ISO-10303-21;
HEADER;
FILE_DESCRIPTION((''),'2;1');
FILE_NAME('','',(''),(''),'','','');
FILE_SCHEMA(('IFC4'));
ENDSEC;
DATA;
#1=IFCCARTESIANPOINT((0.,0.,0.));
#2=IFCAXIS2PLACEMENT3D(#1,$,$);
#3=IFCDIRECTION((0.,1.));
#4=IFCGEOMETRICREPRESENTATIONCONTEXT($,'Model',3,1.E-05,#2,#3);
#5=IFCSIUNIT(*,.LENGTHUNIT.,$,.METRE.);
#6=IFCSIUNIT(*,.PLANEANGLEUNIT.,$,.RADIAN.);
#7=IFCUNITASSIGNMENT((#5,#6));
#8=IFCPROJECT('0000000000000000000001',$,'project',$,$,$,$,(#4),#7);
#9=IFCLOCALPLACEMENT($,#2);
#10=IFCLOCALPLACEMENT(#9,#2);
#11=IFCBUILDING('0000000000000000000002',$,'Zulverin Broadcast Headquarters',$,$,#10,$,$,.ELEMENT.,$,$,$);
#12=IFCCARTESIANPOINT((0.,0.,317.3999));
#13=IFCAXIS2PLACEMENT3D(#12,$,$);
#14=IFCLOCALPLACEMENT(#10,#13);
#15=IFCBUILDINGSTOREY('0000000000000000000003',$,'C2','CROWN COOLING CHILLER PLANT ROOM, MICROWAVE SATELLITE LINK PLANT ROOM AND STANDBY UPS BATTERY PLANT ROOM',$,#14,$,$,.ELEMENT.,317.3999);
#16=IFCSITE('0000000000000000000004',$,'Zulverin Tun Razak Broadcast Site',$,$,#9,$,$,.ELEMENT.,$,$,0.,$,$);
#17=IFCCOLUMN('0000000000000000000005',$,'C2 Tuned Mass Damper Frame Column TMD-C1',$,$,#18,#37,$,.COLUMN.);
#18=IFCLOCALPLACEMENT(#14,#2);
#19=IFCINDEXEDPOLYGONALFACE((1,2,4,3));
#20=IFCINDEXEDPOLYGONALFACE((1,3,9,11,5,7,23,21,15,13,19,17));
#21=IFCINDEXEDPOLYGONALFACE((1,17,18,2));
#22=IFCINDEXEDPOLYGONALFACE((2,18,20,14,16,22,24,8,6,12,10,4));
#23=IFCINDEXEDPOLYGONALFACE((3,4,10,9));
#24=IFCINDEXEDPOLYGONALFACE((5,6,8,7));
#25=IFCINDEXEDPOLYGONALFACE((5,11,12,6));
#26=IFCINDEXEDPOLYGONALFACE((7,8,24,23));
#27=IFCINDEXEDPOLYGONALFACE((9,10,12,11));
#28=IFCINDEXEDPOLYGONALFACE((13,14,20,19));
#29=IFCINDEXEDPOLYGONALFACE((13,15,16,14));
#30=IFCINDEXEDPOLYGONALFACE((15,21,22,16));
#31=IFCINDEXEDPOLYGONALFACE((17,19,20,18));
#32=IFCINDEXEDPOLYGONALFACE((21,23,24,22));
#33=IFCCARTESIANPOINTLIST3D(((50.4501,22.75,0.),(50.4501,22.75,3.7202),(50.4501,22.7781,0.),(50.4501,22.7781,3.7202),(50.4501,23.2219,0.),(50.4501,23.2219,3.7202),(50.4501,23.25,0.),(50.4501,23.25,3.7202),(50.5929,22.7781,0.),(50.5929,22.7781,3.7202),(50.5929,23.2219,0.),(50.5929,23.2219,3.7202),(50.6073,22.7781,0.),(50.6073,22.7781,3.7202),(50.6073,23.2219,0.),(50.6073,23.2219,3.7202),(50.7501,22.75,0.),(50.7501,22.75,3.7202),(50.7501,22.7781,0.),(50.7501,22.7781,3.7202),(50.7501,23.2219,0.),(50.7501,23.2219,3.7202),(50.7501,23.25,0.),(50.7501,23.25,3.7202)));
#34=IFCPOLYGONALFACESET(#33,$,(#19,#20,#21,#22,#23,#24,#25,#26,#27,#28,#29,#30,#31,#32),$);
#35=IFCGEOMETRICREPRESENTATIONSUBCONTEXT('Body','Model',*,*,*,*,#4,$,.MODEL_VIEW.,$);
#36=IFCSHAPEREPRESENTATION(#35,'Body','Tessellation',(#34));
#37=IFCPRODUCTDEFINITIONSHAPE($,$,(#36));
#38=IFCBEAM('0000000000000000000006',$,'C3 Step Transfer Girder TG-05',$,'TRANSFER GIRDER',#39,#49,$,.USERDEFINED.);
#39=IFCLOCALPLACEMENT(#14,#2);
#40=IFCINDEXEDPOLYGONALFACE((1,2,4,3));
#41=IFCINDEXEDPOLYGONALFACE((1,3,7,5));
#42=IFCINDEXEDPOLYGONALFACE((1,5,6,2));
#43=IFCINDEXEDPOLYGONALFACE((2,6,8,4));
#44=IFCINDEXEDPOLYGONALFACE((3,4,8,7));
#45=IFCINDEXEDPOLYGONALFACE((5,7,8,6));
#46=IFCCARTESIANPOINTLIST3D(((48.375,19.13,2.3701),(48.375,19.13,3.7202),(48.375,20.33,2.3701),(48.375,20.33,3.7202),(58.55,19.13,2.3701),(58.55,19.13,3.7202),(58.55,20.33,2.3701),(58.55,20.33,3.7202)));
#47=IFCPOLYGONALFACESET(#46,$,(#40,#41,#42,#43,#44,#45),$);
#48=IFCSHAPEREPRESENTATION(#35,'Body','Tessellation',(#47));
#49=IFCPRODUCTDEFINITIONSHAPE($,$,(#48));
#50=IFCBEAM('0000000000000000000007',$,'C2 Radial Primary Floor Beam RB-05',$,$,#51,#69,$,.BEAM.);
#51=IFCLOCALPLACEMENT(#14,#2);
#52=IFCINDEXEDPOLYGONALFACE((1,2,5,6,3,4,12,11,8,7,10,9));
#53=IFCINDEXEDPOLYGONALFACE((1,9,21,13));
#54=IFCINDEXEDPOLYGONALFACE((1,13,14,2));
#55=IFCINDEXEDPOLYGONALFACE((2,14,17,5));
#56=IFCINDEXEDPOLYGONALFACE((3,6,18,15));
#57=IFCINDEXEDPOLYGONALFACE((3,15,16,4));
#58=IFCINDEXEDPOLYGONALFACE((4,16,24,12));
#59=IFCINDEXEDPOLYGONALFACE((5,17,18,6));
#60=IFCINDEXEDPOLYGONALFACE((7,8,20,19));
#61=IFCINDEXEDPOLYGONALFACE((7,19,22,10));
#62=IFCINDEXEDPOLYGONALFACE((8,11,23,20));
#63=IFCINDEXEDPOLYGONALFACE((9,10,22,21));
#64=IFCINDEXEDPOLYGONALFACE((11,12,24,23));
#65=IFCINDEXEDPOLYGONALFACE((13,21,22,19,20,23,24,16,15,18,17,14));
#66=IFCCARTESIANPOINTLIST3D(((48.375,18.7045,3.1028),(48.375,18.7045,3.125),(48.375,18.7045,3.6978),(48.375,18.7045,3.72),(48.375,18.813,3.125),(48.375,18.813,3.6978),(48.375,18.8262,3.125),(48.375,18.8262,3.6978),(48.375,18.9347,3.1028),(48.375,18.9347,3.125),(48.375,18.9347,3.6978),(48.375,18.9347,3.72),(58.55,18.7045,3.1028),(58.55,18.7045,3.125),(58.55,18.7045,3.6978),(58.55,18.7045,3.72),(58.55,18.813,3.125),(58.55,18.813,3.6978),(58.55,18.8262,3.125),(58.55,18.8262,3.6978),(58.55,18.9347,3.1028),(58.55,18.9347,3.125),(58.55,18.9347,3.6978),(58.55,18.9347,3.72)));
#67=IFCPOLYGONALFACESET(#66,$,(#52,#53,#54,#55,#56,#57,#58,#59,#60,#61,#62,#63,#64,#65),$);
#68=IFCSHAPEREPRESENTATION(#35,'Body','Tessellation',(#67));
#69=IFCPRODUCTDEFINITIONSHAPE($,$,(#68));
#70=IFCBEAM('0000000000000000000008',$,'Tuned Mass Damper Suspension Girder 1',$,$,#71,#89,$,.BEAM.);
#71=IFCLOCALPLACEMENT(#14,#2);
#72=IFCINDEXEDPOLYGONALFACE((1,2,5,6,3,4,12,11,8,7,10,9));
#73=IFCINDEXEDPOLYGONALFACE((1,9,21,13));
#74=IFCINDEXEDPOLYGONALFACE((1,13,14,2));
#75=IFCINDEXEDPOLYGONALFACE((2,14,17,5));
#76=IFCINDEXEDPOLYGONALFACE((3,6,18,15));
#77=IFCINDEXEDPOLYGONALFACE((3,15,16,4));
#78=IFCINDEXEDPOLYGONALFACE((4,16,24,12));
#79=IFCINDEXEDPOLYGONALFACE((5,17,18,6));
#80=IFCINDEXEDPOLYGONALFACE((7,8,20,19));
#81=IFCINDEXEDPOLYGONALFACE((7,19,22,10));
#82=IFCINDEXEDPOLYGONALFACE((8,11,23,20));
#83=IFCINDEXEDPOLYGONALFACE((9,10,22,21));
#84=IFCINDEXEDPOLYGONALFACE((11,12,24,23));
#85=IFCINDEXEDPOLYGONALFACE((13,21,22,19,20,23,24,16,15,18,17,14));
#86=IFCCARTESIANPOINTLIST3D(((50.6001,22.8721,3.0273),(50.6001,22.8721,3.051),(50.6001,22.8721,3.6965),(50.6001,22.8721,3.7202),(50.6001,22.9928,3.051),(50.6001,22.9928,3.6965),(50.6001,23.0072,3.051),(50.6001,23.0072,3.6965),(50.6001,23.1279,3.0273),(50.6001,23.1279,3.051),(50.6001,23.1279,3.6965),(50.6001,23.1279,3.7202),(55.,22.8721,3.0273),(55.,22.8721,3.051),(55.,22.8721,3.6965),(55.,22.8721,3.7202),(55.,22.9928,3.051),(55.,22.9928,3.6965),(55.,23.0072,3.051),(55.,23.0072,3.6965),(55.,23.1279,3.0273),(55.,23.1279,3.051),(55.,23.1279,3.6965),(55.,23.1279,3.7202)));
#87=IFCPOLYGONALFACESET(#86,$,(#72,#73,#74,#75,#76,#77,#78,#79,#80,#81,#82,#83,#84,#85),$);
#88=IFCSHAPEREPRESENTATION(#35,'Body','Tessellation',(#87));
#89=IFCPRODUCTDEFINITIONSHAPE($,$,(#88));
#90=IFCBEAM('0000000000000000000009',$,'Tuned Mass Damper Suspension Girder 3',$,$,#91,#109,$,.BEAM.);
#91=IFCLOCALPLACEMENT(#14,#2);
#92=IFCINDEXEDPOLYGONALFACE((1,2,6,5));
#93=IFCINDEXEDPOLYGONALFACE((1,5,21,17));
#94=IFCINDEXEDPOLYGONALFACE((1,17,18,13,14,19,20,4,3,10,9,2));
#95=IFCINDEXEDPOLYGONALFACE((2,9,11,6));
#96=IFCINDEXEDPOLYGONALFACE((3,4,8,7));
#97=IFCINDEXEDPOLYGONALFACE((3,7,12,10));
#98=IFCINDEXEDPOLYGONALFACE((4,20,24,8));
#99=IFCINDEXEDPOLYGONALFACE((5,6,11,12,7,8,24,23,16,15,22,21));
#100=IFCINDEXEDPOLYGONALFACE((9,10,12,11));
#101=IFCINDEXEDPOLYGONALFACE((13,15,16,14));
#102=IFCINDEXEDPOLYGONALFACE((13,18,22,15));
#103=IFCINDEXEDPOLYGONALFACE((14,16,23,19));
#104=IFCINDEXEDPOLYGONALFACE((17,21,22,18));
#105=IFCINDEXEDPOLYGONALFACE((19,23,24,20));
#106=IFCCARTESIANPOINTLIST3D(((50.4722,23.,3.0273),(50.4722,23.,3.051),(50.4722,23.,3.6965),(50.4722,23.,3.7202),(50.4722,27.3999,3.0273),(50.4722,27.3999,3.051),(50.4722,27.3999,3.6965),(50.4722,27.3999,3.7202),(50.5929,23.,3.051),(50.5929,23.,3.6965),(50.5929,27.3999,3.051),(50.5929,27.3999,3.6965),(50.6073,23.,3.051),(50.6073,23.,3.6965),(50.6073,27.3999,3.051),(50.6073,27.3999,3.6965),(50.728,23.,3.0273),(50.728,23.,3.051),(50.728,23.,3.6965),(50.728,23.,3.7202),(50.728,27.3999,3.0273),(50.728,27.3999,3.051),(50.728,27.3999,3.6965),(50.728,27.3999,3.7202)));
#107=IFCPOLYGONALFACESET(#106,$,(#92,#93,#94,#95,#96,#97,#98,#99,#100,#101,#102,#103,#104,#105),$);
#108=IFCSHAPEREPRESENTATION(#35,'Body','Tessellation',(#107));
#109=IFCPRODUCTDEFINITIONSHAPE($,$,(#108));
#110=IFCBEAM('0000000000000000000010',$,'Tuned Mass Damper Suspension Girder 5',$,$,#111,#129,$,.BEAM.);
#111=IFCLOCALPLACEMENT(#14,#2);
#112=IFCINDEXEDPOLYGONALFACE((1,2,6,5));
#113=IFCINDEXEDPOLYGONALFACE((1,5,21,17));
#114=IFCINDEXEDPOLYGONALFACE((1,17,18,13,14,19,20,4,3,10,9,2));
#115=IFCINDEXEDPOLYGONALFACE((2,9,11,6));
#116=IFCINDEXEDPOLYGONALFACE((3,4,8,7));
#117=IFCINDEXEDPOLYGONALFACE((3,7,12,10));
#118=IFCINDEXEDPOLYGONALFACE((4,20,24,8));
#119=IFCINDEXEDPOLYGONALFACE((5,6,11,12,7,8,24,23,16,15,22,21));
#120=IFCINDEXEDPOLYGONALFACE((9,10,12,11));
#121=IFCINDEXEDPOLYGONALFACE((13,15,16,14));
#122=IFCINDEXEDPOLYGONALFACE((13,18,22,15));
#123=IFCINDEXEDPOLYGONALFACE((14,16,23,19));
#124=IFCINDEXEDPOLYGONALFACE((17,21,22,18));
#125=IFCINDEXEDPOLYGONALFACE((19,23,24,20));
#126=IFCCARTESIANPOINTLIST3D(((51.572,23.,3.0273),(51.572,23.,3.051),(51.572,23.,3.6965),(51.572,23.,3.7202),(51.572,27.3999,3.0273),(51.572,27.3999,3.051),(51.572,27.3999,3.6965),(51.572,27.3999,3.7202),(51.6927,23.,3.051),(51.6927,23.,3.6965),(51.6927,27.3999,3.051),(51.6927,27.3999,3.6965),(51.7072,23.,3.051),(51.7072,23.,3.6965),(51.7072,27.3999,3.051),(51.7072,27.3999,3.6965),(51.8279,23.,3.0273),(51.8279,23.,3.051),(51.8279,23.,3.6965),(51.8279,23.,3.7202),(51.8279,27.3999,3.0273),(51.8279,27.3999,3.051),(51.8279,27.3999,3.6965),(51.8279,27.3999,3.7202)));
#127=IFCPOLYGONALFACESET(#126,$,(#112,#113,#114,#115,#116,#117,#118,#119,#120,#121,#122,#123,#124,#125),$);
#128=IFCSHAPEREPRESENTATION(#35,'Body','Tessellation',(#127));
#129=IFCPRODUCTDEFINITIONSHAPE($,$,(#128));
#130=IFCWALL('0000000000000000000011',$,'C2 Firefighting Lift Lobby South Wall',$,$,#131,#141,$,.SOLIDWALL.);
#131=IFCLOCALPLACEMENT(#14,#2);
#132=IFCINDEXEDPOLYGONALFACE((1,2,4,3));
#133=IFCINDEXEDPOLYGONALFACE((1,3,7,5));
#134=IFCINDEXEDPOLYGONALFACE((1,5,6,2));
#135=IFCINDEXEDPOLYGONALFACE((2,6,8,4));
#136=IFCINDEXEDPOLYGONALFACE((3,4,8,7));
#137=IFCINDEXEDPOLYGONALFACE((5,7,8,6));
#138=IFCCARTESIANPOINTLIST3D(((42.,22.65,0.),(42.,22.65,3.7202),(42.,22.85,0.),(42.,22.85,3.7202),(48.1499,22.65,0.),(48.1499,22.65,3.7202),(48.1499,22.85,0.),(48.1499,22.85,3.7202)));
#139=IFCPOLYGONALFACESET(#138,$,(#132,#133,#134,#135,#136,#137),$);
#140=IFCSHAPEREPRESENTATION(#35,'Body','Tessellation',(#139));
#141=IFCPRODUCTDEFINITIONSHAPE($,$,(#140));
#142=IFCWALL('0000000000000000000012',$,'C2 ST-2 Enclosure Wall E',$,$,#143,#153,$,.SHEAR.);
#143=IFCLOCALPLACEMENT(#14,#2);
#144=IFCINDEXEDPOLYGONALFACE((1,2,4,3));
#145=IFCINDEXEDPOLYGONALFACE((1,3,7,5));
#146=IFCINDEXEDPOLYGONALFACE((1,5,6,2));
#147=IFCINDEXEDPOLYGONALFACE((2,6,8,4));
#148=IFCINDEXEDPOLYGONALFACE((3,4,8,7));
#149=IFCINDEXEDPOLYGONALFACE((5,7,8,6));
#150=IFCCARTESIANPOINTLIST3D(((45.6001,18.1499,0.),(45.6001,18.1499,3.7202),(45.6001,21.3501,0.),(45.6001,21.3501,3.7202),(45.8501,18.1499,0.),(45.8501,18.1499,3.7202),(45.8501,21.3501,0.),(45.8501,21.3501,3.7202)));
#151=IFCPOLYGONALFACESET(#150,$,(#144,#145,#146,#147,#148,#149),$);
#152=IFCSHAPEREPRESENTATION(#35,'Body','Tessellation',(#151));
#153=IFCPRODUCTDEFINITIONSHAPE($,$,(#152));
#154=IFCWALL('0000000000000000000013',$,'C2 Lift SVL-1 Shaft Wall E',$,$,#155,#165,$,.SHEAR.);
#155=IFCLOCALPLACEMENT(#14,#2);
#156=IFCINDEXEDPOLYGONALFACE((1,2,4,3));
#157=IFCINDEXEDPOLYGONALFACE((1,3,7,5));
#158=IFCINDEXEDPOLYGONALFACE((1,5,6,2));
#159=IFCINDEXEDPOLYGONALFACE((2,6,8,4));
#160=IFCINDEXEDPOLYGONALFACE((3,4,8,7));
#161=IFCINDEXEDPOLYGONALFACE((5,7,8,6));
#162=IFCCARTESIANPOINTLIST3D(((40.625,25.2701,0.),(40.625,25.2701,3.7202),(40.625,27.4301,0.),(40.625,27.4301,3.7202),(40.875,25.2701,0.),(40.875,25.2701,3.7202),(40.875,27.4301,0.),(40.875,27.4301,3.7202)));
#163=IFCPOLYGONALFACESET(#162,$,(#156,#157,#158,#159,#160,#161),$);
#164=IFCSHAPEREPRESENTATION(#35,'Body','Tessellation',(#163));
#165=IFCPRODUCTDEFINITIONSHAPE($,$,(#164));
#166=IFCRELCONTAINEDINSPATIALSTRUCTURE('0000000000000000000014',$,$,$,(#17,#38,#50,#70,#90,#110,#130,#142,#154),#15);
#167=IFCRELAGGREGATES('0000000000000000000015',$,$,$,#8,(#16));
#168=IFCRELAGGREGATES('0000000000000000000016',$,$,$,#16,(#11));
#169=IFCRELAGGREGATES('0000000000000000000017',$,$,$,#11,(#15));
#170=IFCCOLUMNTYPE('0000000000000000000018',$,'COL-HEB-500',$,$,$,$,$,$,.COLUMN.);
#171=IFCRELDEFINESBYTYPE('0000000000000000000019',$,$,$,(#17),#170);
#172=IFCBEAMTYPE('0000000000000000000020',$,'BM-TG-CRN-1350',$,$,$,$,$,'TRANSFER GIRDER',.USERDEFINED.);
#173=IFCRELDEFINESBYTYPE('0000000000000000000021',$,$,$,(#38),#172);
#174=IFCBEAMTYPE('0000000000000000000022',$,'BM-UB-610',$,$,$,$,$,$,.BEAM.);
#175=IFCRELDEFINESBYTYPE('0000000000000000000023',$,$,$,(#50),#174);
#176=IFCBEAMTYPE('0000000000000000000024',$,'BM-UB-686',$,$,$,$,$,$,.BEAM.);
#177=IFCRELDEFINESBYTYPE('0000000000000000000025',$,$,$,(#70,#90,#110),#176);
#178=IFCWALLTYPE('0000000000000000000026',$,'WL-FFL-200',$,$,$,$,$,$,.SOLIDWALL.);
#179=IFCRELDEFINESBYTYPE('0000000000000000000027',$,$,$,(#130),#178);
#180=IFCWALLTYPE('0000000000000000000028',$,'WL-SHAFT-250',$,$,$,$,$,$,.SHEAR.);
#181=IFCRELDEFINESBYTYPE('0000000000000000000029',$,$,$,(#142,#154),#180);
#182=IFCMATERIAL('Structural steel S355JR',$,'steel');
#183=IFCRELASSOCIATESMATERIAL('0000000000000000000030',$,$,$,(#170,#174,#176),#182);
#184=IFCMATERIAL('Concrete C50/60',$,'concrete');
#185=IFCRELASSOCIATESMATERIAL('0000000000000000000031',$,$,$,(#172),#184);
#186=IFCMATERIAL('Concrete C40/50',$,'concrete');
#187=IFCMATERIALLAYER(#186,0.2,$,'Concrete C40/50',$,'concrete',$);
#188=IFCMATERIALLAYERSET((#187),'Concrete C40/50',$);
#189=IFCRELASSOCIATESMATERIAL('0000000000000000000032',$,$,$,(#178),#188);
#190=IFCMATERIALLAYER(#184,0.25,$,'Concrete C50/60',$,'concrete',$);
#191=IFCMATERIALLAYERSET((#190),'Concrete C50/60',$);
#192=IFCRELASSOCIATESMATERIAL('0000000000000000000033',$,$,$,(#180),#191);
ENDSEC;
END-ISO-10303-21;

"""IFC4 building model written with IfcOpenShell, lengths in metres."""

from ifc_helpers import new_model, si_unit, direction, frame, frame_2d, origin, origin_2d, place, context, subcontext, project, spatial, rectangle, i_section, extrude, material, layer, layer_set, material_profile, profile_set, type_object, element, save


model = new_model("IFC4")

# Units and contexts
model_context = context("Model", 3, precision=1e-05, world=origin(), true_north=direction((0.0, 1.0)))
body_context = subcontext(model_context, "Body", "Model", "MODEL_VIEW")
ifc_project = project(units=[si_unit("LENGTHUNIT", "METRE"), si_unit("PLANEANGLEUNIT", "RADIAN")], contexts=[model_context])

# Site, building, storey
site_placement = place(None, origin())
site = spatial("IfcSite", under=ifc_project, at=site_placement, Name="Zulverin Tun Razak Broadcast Site", CompositionType="ELEMENT", RefElevation=0.0)
building_placement = place(site_placement, origin())
building = spatial("IfcBuilding", under=site, at=building_placement, Name="Zulverin Broadcast Headquarters", CompositionType="ELEMENT")
storey_placement = place(building_placement, frame((0.0, 0.0, 317.3999)))
storey = spatial("IfcBuildingStorey", under=building, at=storey_placement, Name="C2", Description="CROWN COOLING CHILLER PLANT ROOM, MICROWAVE SATELLITE LINK PLANT ROOM AND STANDBY UPS BATTERY PLANT ROOM", CompositionType="ELEMENT", Elevation=317.3999)

# Column
ifc_material_1 = material(Name="Structural steel S355JR", Category="steel")
ifc_material_profile_1 = material_profile(ifc_material_1, i_section(OverallWidth=0.3, OverallDepth=0.5, WebThickness=0.0144, FlangeThickness=0.0281, at=origin_2d()), Name="Structural steel S355JR", Category="steel")
ifc_profile_set_1 = profile_set([ifc_material_profile_1], Name="Structural steel S355JR")
column_type = type_object("IfcColumnType", Name="COL-HEB-500", PredefinedType="COLUMN", material=ifc_profile_set_1)
column_placement = place(storey_placement, frame((50.6001, 23.0, 0.0), z_axis=(0.0, 0.0, 1.0), x_axis=(1.0, 0.0, 0.0)))
element("IfcColumn", 1, at=column_placement, inside=storey, type_object=column_type, Name="C2 Tuned Mass Damper Frame Column TMD-C1", PredefinedType="COLUMN", context=body_context, shape_type="SweptSolid", body=[
    extrude(i_section(OverallWidth=0.3, OverallDepth=0.5, WebThickness=0.0144, FlangeThickness=0.0281, at=origin_2d()), origin(), (0.0, 0.0, 1.0), 3.7202),
])

# Beams
ifc_material_2 = material(Name="Concrete C50/60", Category="concrete")
ifc_material_profile_2 = material_profile(ifc_material_2, rectangle(XDim=1.2, YDim=1.3501, at=origin_2d()), Name="Concrete C50/60", Category="concrete")
ifc_profile_set_2 = profile_set([ifc_material_profile_2], Name="Concrete C50/60")
beam_type_1 = type_object("IfcBeamType", Name="BM-TG-CRN-1350", ElementType="TRANSFER GIRDER", PredefinedType="USERDEFINED", material=ifc_profile_set_2)
beam_1_placement = place(storey_placement, frame((48.375, 19.73, 3.0452), z_axis=(1.0, 0.0, 0.0), x_axis=(0.0, 1.0, 0.0)))
element("IfcBeam", 2, at=beam_1_placement, inside=storey, type_object=beam_type_1, Name="C3 Step Transfer Girder TG-05", ObjectType="TRANSFER GIRDER", PredefinedType="USERDEFINED", context=body_context, shape_type="SweptSolid", body=[
    extrude(rectangle(XDim=1.2, YDim=1.3501, at=origin_2d()), origin(), (0.0, 0.0, 1.0), 10.175),
])
ifc_material_profile_3 = material_profile(ifc_material_1, i_section(OverallWidth=0.2302, OverallDepth=0.6172, WebThickness=0.0132, FlangeThickness=0.0222, at=origin_2d()), Name="Structural steel S355JR", Category="steel")
ifc_profile_set_3 = profile_set([ifc_material_profile_3], Name="Structural steel S355JR")
beam_type_2 = type_object("IfcBeamType", Name="BM-UB-610", PredefinedType="BEAM", material=ifc_profile_set_3)
beam_2_placement = place(storey_placement, frame((48.375, 18.8196, 3.4114), z_axis=(1.0, 0.0, 0.0), x_axis=(0.0, 1.0, 0.0)))
element("IfcBeam", 3, at=beam_2_placement, inside=storey, type_object=beam_type_2, Name="C2 Radial Primary Floor Beam RB-05", PredefinedType="BEAM", context=body_context, shape_type="SweptSolid", body=[
    extrude(i_section(OverallWidth=0.2302, OverallDepth=0.6172, WebThickness=0.0132, FlangeThickness=0.0222, at=origin_2d()), origin(), (0.0, 0.0, 1.0), 10.175),
])
ifc_material_profile_4 = material_profile(ifc_material_1, i_section(OverallWidth=0.2559, OverallDepth=0.6929, WebThickness=0.0144, FlangeThickness=0.0237, at=origin_2d()), Name="Structural steel S355JR", Category="steel")
ifc_profile_set_4 = profile_set([ifc_material_profile_4], Name="Structural steel S355JR")
beam_type_3 = type_object("IfcBeamType", Name="BM-UB-686", PredefinedType="BEAM", material=ifc_profile_set_4)
for number, where, z_axis, x_axis, name in (
    (4, (50.6001, 23.0, 3.3738), (1.0, 0.0, 0.0), (0.0, 1.0, 0.0), "Tuned Mass Damper Suspension Girder 1"),
    (5, (50.6001, 23.0, 3.3738), (0.0, 1.0, 0.0), (-1.0, 0.0, 0.0), "Tuned Mass Damper Suspension Girder 3"),
    (6, (51.7, 23.0, 3.3738), (0.0, 1.0, 0.0), (-1.0, 0.0, 0.0), "Tuned Mass Damper Suspension Girder 5"),
):
    element("IfcBeam", number, at=place(storey_placement, frame(where, z_axis=z_axis, x_axis=x_axis)), inside=storey, type_object=beam_type_3, Name=name, PredefinedType="BEAM", context=body_context, shape_type="SweptSolid", body=[
        extrude(i_section(OverallWidth=0.2559, OverallDepth=0.6929, WebThickness=0.0144, FlangeThickness=0.0237, at=origin_2d()), origin(), (0.0, 0.0, 1.0), 4.3999),
    ])

# Shared definitions
ifc_material_3 = material(Name="Concrete C40/50", Category="concrete")
ifc_layer_1 = layer(ifc_material_3, 0.2, Name="Concrete C40/50", Category="concrete")
ifc_layer_set_1 = layer_set([ifc_layer_1], Name="Concrete C40/50")
wall_type_1 = type_object("IfcWallType", Name="WL-FFL-200", PredefinedType="SOLIDWALL", material=ifc_layer_set_1)

# Walls
wall_1_placement = place(storey_placement, frame((42.0, 22.75, 0.0), z_axis=(0.0, 0.0, 1.0), x_axis=(1.0, 0.0, 0.0)))
element("IfcWall", 7, at=wall_1_placement, inside=storey, type_object=wall_type_1, Name="C2 Firefighting Lift Lobby South Wall", PredefinedType="SOLIDWALL", context=body_context, shape_type="SweptSolid", body=[
    extrude(rectangle(XDim=6.1499, YDim=0.2, at=frame_2d((3.075, 0.0))), origin(), (0.0, 0.0, 1.0), 3.7202),
])
ifc_layer_2 = layer(ifc_material_2, 0.25, Name="Concrete C50/60", Category="concrete")
ifc_layer_set_2 = layer_set([ifc_layer_2], Name="Concrete C50/60")
wall_type_2 = type_object("IfcWallType", Name="WL-SHAFT-250", PredefinedType="SHEAR", material=ifc_layer_set_2)
wall_2_placement = place(storey_placement, frame((45.7251, 18.1499, 0.0), z_axis=(0.0, 0.0, 1.0), x_axis=(0.0, 1.0, 0.0)))
element("IfcWall", 8, at=wall_2_placement, inside=storey, type_object=wall_type_2, Name="C2 ST-2 Enclosure Wall E", PredefinedType="SHEAR", context=body_context, shape_type="SweptSolid", body=[
    extrude(rectangle(XDim=3.2002, YDim=0.25, at=frame_2d((1.6001, 0.0))), origin(), (0.0, 0.0, 1.0), 3.7202),
])

# Wall
wall_3_placement = place(storey_placement, frame((40.75, 25.27, 0.0), z_axis=(0.0, 0.0, 1.0), x_axis=(0.0, 1.0, 0.0)))
element("IfcWall", 9, at=wall_3_placement, inside=storey, type_object=wall_type_2, Name="C2 Lift SVL-1 Shaft Wall E", PredefinedType="SHEAR", context=body_context, shape_type="SweptSolid", body=[
    extrude(rectangle(XDim=2.1599, YDim=0.25, at=frame_2d((1.0801, 0.0))), origin(), (0.0, 0.0, 1.0), 3.7202),
])

save(model, "model.ifc")
